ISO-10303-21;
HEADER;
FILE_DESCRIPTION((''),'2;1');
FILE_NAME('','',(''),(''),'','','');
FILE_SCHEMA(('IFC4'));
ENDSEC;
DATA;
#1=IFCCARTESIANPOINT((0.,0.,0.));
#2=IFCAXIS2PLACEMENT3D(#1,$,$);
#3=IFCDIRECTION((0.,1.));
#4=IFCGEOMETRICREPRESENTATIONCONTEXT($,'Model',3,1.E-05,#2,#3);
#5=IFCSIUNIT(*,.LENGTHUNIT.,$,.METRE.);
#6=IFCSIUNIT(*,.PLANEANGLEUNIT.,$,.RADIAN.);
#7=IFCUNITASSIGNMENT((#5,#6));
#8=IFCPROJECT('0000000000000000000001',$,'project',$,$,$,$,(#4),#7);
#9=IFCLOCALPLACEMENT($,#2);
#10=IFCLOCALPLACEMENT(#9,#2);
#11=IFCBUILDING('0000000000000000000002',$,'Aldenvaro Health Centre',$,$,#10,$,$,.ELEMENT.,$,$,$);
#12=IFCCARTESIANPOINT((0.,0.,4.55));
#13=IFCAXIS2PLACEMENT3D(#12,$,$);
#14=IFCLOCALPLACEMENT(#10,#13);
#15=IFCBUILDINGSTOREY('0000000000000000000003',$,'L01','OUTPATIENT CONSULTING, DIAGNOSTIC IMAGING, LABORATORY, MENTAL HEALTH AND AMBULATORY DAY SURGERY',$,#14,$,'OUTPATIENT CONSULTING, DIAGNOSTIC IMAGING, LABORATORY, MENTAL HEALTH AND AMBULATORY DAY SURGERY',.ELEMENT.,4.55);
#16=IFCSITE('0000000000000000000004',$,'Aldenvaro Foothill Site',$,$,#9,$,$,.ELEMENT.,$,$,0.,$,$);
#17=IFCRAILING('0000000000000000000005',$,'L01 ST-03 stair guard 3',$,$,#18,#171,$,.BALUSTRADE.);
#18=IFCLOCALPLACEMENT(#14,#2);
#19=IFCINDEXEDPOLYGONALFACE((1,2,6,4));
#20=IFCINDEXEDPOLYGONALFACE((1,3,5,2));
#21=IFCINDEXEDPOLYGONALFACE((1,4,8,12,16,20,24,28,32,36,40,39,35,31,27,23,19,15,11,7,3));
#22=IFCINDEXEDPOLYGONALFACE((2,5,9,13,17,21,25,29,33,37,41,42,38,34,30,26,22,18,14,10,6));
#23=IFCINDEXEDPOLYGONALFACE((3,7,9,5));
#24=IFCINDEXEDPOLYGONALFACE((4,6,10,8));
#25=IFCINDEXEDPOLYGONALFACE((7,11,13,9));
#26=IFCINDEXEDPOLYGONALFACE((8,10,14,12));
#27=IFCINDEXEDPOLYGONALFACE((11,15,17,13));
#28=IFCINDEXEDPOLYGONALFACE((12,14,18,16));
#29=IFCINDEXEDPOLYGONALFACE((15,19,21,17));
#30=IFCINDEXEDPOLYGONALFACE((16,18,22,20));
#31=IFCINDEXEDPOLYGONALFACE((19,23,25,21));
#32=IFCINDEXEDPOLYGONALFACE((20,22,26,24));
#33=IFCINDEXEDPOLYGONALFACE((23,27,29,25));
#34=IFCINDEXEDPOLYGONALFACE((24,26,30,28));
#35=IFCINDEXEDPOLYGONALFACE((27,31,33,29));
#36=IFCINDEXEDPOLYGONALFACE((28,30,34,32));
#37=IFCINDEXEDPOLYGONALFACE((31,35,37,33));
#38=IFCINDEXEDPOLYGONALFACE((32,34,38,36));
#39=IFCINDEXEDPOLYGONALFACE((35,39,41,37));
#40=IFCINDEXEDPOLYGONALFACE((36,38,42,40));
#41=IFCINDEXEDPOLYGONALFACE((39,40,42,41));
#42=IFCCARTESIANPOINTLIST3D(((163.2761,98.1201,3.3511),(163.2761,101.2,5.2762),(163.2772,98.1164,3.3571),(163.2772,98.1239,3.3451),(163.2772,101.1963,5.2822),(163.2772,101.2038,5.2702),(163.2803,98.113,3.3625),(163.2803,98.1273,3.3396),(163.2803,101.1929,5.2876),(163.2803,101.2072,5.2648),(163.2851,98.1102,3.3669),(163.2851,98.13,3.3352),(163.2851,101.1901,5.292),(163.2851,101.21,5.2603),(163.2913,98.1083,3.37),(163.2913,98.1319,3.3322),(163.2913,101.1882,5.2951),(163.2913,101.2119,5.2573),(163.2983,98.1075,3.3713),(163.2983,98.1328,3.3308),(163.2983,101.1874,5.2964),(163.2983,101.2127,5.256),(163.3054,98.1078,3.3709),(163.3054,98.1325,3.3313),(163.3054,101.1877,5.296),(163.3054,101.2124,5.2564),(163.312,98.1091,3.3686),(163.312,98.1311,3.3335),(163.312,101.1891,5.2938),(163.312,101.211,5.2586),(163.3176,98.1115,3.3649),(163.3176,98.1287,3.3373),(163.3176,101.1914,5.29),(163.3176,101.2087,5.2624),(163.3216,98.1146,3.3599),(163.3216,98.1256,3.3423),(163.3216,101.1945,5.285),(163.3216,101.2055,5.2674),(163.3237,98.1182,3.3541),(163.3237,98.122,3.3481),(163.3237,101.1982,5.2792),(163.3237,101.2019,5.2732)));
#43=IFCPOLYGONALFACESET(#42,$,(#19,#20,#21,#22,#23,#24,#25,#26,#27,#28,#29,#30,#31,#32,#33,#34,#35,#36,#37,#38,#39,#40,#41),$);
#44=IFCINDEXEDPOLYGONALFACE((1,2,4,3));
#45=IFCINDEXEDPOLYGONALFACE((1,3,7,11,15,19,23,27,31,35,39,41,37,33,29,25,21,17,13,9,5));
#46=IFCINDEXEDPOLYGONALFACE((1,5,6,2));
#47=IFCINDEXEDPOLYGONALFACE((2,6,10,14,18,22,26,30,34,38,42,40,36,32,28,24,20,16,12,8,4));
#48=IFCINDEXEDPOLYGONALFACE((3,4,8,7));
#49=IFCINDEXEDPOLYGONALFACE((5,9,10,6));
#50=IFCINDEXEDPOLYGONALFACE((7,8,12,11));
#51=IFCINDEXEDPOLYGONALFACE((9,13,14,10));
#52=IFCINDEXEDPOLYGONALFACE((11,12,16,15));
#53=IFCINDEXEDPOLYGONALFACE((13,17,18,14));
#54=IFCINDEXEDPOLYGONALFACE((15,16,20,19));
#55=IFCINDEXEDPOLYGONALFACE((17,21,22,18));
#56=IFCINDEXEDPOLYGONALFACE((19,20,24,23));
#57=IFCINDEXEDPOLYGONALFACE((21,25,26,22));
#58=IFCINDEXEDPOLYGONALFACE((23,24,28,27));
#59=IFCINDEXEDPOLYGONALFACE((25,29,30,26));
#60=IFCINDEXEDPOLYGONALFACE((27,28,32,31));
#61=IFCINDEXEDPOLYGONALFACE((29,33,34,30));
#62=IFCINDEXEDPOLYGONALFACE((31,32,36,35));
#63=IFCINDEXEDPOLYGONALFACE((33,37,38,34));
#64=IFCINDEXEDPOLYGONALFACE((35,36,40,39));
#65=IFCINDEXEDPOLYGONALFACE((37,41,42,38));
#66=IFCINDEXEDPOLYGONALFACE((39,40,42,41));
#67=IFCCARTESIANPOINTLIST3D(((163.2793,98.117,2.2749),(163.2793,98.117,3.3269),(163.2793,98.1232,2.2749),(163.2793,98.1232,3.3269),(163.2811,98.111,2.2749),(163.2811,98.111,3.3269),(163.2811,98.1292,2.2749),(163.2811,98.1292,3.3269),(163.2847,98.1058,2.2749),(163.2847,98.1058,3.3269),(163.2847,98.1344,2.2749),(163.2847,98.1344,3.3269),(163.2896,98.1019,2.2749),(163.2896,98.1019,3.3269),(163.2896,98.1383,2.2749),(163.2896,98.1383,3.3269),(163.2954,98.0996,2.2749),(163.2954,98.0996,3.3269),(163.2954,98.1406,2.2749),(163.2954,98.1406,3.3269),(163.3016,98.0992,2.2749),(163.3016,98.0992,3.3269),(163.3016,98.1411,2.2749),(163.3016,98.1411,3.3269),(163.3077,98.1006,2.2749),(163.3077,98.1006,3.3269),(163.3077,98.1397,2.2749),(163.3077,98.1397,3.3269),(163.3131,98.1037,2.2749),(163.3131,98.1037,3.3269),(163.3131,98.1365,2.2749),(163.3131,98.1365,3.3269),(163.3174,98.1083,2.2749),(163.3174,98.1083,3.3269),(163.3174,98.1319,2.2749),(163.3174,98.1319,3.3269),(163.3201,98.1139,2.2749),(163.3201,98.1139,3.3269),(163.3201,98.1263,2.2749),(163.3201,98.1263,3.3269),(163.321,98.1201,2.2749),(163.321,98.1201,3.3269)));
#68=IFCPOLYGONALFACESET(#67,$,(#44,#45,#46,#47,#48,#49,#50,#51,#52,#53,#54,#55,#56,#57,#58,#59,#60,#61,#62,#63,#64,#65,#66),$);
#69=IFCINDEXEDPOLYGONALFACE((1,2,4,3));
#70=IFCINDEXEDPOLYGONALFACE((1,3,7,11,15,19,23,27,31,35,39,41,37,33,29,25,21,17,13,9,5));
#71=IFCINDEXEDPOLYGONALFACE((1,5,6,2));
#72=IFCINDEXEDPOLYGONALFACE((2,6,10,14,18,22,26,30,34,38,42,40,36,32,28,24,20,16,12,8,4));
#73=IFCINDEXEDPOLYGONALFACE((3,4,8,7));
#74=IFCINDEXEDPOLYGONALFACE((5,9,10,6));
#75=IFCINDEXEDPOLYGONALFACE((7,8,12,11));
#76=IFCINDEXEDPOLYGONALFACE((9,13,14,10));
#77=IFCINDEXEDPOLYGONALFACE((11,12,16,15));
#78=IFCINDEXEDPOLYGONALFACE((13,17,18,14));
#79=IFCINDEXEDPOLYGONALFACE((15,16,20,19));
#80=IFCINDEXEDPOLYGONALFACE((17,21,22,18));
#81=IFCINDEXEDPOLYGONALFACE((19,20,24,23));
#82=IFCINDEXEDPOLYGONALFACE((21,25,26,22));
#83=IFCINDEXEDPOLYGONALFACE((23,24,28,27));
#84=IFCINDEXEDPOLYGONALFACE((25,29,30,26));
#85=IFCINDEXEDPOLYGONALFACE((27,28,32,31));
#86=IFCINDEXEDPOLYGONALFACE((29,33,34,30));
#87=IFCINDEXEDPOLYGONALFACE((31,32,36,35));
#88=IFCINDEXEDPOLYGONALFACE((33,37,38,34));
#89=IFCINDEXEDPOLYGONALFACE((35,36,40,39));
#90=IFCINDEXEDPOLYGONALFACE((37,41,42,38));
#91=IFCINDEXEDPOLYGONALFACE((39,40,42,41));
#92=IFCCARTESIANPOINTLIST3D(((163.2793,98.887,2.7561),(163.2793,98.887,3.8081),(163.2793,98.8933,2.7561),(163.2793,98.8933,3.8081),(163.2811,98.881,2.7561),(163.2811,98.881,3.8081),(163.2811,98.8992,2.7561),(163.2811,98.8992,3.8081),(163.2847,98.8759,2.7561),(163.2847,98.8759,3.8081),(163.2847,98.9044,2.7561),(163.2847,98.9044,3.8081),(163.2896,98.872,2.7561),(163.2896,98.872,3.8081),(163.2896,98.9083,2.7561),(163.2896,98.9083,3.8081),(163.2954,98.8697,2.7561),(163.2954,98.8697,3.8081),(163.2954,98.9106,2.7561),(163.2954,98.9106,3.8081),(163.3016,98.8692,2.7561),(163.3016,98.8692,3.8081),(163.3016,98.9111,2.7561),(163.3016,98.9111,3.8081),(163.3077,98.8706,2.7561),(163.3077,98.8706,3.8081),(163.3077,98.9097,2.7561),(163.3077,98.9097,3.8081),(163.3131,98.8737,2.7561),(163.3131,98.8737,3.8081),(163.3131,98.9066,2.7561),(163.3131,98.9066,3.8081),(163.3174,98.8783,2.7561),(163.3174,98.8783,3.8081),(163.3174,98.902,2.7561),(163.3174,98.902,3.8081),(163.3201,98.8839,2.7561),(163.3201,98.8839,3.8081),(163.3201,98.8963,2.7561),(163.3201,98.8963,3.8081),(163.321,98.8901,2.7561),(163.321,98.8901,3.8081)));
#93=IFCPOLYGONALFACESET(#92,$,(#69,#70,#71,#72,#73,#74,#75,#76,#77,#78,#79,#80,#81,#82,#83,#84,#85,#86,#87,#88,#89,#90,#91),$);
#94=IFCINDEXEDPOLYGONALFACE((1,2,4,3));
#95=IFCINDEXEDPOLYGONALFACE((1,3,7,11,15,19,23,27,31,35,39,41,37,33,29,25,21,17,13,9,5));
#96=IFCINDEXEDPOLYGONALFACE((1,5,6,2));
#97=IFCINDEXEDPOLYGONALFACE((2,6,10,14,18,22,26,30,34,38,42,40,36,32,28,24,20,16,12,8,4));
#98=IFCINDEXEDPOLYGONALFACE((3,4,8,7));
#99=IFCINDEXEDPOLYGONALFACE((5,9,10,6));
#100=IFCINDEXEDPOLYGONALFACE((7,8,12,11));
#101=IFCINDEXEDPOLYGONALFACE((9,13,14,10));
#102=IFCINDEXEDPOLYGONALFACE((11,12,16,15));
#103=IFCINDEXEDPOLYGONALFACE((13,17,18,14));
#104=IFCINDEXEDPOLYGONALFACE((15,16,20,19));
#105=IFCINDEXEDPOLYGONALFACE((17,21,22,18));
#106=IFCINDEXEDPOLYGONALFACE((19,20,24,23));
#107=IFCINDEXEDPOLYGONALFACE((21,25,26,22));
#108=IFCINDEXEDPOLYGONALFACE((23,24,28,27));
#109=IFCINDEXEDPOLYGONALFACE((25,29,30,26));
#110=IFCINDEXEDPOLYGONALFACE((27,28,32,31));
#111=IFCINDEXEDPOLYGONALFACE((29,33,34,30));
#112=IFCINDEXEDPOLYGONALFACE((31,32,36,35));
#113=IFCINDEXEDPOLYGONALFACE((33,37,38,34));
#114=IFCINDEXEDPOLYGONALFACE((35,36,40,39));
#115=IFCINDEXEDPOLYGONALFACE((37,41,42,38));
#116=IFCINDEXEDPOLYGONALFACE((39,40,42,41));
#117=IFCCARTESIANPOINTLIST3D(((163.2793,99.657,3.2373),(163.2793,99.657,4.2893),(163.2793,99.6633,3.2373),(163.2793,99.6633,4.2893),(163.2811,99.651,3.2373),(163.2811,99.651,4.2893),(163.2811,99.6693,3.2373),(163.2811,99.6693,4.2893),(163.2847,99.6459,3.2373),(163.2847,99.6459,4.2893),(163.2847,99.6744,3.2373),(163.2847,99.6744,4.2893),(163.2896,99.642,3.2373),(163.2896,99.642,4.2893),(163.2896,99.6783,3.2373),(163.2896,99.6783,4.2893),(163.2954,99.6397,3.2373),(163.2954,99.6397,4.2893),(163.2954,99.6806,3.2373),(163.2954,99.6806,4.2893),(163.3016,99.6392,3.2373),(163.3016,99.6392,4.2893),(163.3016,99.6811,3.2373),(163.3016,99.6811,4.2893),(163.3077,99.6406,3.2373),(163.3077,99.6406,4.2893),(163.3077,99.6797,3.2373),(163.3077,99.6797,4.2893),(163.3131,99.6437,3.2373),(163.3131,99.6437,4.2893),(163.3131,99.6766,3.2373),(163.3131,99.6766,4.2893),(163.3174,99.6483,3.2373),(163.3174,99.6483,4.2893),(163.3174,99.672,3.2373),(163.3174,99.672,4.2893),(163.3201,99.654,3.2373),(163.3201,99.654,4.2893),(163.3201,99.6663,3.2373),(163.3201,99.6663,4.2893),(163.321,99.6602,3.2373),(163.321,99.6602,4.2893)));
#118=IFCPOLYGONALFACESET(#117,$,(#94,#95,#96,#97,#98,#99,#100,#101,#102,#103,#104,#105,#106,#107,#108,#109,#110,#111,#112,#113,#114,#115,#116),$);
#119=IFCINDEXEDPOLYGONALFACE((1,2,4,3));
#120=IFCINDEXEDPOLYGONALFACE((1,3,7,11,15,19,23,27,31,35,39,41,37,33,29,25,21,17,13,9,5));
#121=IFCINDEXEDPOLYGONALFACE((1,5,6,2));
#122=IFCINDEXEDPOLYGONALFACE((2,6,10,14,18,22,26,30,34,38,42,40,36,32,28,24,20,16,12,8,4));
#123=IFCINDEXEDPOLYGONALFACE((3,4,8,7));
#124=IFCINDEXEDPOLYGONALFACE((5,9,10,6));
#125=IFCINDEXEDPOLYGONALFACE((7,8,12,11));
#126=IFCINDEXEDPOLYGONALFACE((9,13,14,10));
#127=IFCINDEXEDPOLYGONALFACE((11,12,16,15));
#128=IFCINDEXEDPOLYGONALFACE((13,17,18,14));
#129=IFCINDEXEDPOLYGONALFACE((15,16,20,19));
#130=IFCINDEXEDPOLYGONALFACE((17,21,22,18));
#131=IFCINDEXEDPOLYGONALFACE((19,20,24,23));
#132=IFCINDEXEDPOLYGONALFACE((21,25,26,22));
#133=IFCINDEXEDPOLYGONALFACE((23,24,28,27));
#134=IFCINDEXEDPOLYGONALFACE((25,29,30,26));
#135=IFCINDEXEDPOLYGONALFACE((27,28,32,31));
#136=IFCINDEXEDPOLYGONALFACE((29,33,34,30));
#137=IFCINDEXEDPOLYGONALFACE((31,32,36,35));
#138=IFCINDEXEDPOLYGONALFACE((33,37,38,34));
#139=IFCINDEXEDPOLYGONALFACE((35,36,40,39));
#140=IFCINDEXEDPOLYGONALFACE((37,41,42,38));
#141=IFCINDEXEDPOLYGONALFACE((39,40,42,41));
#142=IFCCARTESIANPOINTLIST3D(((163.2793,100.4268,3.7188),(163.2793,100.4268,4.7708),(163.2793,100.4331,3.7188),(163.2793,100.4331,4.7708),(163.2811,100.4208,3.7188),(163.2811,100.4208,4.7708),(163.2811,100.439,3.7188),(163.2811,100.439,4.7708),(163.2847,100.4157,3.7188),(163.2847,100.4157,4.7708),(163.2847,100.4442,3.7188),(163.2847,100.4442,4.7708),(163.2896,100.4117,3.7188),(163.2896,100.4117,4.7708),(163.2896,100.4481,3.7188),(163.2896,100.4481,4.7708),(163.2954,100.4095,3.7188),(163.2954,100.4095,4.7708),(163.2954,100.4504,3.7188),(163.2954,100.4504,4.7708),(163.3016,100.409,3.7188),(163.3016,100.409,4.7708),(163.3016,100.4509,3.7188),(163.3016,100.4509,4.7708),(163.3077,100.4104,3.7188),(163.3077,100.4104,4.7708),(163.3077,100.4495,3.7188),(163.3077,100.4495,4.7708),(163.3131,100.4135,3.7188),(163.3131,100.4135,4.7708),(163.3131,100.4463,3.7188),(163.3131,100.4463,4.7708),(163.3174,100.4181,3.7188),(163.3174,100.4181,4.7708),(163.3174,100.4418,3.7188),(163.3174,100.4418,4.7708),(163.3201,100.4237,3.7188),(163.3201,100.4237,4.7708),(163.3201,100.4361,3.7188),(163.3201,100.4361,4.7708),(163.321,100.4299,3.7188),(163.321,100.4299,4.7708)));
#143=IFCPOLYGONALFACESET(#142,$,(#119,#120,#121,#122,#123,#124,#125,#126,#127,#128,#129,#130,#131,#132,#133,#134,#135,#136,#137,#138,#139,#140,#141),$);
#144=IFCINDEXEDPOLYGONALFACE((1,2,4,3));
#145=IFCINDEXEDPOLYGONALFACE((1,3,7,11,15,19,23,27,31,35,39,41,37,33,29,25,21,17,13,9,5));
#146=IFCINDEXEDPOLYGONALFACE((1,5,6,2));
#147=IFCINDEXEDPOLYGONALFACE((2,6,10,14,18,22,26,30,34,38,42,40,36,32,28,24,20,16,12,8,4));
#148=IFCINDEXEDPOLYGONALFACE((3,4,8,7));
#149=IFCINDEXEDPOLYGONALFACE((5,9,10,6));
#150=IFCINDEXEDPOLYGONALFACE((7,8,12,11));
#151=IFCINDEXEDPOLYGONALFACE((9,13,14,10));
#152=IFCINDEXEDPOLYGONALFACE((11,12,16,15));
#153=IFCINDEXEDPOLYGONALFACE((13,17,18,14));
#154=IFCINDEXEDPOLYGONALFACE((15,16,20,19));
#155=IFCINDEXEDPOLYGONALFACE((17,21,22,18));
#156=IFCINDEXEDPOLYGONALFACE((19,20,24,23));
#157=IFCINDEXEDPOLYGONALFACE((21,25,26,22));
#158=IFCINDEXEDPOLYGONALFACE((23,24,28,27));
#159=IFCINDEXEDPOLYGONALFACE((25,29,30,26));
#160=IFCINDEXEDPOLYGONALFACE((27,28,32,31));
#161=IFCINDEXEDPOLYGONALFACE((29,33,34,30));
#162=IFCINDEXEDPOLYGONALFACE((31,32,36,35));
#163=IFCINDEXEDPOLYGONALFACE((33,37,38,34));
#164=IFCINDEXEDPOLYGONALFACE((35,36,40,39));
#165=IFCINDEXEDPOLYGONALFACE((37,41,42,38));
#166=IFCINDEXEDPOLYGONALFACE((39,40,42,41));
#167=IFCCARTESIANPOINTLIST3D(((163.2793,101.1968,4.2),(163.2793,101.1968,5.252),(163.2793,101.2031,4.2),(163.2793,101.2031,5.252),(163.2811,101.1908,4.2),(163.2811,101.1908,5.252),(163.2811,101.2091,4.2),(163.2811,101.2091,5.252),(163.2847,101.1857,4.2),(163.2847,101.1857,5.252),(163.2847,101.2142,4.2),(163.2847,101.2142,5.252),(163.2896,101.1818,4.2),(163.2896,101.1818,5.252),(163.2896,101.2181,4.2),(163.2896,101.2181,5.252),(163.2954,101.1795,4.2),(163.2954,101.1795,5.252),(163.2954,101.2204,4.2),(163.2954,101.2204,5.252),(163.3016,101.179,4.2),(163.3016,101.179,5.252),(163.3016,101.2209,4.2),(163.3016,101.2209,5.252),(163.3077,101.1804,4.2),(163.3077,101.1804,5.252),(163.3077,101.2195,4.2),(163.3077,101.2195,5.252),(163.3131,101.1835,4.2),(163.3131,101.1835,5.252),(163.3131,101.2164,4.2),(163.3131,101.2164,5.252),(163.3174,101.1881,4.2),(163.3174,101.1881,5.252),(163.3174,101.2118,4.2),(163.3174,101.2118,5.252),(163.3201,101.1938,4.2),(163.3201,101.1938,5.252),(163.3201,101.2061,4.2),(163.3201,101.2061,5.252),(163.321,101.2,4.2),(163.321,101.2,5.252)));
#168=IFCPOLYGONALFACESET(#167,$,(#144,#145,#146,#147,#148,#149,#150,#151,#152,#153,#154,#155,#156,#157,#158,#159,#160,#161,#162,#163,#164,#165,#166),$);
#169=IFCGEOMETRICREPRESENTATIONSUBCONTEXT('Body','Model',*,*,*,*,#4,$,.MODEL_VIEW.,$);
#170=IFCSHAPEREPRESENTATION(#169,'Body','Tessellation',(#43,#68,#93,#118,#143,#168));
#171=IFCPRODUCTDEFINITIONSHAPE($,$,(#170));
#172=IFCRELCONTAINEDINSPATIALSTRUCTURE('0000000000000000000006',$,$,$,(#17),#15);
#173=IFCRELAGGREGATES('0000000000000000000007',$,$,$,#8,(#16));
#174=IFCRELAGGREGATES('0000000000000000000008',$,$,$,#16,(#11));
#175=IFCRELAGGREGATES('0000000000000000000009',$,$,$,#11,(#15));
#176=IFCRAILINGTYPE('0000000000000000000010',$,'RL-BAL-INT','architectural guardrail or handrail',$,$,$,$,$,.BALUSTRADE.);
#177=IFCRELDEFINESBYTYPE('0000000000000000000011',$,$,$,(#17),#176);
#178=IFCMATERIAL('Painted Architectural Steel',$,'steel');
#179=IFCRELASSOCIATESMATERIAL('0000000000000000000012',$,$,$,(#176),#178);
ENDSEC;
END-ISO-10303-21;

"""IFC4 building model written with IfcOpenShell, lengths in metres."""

from ifc_helpers import new_model, si_unit, direction, frame, origin, origin_2d, place, context, subcontext, project, spatial, circle, extrude, material, type_object, element, save


model = new_model("IFC4")

# Units and contexts
model_context = context("Model", 3, precision=1e-05, world=origin(), true_north=direction((0.0, 1.0)))
body_context = subcontext(model_context, "Body", "Model", "MODEL_VIEW")
ifc_project = project(units=[si_unit("LENGTHUNIT", "METRE"), si_unit("PLANEANGLEUNIT", "RADIAN")], contexts=[model_context])

# Site, building, storey
site_placement = place(None, origin())
site = spatial("IfcSite", under=ifc_project, at=site_placement, Name="Aldenvaro Foothill Site", CompositionType="ELEMENT", RefElevation=0.0)
building_placement = place(site_placement, origin())
building = spatial("IfcBuilding", under=site, at=building_placement, Name="Aldenvaro Health Centre", CompositionType="ELEMENT")
storey_placement = place(building_placement, frame((0.0, 0.0, 4.55)))
storey = spatial("IfcBuildingStorey", under=building, at=storey_placement, Name="L01", Description="OUTPATIENT CONSULTING, DIAGNOSTIC IMAGING, LABORATORY, MENTAL HEALTH AND AMBULATORY DAY SURGERY", LongName="OUTPATIENT CONSULTING, DIAGNOSTIC IMAGING, LABORATORY, MENTAL HEALTH AND AMBULATORY DAY SURGERY", CompositionType="ELEMENT", Elevation=4.55)

# Railing
ifc_material_1 = material(Name="Painted Architectural Steel", Category="steel")
railing_type_1 = type_object("IfcRailingType", Name="RL-BAL-INT", Description="architectural guardrail or handrail", PredefinedType="BALUSTRADE", material=ifc_material_1)
railing_1_placement = place(storey_placement, frame((163.3, 98.1201, 2.2749)))
element("IfcRailing", 1, at=railing_1_placement, inside=storey, type_object=railing_type_1, Name="L01 ST-03 stair guard 3", PredefinedType="BALUSTRADE", context=body_context, shape_type="SweptSolid", body=[
    extrude(circle(Radius=0.0239, at=origin_2d()), frame((0.0, 0.0, 1.0762), z_axis=(0.0, 0.847979, 0.530029), x_axis=(-1.0, 0.0, 0.0)), (0.0, 0.0, 1.0), 3.6321),
    extrude(circle(Radius=0.021, at=origin_2d()), origin(), (0.0, 0.0, 1.0), 1.052),
    extrude(circle(Radius=0.021, at=origin_2d()), frame((0.0, 0.77, 0.4812)), (0.0, 0.0, 1.0), 1.052),
    extrude(circle(Radius=0.021, at=origin_2d()), frame((0.0, 1.54, 0.9624)), (0.0, 0.0, 1.0), 1.052),
    extrude(circle(Radius=0.021, at=origin_2d()), frame((0.0, 2.3098, 1.4438)), (0.0, 0.0, 1.0), 1.052),
    extrude(circle(Radius=0.021, at=origin_2d()), frame((0.0, 3.0798, 1.925)), (0.0, 0.0, 1.0), 1.052),
])

save(model, "model.ifc")
